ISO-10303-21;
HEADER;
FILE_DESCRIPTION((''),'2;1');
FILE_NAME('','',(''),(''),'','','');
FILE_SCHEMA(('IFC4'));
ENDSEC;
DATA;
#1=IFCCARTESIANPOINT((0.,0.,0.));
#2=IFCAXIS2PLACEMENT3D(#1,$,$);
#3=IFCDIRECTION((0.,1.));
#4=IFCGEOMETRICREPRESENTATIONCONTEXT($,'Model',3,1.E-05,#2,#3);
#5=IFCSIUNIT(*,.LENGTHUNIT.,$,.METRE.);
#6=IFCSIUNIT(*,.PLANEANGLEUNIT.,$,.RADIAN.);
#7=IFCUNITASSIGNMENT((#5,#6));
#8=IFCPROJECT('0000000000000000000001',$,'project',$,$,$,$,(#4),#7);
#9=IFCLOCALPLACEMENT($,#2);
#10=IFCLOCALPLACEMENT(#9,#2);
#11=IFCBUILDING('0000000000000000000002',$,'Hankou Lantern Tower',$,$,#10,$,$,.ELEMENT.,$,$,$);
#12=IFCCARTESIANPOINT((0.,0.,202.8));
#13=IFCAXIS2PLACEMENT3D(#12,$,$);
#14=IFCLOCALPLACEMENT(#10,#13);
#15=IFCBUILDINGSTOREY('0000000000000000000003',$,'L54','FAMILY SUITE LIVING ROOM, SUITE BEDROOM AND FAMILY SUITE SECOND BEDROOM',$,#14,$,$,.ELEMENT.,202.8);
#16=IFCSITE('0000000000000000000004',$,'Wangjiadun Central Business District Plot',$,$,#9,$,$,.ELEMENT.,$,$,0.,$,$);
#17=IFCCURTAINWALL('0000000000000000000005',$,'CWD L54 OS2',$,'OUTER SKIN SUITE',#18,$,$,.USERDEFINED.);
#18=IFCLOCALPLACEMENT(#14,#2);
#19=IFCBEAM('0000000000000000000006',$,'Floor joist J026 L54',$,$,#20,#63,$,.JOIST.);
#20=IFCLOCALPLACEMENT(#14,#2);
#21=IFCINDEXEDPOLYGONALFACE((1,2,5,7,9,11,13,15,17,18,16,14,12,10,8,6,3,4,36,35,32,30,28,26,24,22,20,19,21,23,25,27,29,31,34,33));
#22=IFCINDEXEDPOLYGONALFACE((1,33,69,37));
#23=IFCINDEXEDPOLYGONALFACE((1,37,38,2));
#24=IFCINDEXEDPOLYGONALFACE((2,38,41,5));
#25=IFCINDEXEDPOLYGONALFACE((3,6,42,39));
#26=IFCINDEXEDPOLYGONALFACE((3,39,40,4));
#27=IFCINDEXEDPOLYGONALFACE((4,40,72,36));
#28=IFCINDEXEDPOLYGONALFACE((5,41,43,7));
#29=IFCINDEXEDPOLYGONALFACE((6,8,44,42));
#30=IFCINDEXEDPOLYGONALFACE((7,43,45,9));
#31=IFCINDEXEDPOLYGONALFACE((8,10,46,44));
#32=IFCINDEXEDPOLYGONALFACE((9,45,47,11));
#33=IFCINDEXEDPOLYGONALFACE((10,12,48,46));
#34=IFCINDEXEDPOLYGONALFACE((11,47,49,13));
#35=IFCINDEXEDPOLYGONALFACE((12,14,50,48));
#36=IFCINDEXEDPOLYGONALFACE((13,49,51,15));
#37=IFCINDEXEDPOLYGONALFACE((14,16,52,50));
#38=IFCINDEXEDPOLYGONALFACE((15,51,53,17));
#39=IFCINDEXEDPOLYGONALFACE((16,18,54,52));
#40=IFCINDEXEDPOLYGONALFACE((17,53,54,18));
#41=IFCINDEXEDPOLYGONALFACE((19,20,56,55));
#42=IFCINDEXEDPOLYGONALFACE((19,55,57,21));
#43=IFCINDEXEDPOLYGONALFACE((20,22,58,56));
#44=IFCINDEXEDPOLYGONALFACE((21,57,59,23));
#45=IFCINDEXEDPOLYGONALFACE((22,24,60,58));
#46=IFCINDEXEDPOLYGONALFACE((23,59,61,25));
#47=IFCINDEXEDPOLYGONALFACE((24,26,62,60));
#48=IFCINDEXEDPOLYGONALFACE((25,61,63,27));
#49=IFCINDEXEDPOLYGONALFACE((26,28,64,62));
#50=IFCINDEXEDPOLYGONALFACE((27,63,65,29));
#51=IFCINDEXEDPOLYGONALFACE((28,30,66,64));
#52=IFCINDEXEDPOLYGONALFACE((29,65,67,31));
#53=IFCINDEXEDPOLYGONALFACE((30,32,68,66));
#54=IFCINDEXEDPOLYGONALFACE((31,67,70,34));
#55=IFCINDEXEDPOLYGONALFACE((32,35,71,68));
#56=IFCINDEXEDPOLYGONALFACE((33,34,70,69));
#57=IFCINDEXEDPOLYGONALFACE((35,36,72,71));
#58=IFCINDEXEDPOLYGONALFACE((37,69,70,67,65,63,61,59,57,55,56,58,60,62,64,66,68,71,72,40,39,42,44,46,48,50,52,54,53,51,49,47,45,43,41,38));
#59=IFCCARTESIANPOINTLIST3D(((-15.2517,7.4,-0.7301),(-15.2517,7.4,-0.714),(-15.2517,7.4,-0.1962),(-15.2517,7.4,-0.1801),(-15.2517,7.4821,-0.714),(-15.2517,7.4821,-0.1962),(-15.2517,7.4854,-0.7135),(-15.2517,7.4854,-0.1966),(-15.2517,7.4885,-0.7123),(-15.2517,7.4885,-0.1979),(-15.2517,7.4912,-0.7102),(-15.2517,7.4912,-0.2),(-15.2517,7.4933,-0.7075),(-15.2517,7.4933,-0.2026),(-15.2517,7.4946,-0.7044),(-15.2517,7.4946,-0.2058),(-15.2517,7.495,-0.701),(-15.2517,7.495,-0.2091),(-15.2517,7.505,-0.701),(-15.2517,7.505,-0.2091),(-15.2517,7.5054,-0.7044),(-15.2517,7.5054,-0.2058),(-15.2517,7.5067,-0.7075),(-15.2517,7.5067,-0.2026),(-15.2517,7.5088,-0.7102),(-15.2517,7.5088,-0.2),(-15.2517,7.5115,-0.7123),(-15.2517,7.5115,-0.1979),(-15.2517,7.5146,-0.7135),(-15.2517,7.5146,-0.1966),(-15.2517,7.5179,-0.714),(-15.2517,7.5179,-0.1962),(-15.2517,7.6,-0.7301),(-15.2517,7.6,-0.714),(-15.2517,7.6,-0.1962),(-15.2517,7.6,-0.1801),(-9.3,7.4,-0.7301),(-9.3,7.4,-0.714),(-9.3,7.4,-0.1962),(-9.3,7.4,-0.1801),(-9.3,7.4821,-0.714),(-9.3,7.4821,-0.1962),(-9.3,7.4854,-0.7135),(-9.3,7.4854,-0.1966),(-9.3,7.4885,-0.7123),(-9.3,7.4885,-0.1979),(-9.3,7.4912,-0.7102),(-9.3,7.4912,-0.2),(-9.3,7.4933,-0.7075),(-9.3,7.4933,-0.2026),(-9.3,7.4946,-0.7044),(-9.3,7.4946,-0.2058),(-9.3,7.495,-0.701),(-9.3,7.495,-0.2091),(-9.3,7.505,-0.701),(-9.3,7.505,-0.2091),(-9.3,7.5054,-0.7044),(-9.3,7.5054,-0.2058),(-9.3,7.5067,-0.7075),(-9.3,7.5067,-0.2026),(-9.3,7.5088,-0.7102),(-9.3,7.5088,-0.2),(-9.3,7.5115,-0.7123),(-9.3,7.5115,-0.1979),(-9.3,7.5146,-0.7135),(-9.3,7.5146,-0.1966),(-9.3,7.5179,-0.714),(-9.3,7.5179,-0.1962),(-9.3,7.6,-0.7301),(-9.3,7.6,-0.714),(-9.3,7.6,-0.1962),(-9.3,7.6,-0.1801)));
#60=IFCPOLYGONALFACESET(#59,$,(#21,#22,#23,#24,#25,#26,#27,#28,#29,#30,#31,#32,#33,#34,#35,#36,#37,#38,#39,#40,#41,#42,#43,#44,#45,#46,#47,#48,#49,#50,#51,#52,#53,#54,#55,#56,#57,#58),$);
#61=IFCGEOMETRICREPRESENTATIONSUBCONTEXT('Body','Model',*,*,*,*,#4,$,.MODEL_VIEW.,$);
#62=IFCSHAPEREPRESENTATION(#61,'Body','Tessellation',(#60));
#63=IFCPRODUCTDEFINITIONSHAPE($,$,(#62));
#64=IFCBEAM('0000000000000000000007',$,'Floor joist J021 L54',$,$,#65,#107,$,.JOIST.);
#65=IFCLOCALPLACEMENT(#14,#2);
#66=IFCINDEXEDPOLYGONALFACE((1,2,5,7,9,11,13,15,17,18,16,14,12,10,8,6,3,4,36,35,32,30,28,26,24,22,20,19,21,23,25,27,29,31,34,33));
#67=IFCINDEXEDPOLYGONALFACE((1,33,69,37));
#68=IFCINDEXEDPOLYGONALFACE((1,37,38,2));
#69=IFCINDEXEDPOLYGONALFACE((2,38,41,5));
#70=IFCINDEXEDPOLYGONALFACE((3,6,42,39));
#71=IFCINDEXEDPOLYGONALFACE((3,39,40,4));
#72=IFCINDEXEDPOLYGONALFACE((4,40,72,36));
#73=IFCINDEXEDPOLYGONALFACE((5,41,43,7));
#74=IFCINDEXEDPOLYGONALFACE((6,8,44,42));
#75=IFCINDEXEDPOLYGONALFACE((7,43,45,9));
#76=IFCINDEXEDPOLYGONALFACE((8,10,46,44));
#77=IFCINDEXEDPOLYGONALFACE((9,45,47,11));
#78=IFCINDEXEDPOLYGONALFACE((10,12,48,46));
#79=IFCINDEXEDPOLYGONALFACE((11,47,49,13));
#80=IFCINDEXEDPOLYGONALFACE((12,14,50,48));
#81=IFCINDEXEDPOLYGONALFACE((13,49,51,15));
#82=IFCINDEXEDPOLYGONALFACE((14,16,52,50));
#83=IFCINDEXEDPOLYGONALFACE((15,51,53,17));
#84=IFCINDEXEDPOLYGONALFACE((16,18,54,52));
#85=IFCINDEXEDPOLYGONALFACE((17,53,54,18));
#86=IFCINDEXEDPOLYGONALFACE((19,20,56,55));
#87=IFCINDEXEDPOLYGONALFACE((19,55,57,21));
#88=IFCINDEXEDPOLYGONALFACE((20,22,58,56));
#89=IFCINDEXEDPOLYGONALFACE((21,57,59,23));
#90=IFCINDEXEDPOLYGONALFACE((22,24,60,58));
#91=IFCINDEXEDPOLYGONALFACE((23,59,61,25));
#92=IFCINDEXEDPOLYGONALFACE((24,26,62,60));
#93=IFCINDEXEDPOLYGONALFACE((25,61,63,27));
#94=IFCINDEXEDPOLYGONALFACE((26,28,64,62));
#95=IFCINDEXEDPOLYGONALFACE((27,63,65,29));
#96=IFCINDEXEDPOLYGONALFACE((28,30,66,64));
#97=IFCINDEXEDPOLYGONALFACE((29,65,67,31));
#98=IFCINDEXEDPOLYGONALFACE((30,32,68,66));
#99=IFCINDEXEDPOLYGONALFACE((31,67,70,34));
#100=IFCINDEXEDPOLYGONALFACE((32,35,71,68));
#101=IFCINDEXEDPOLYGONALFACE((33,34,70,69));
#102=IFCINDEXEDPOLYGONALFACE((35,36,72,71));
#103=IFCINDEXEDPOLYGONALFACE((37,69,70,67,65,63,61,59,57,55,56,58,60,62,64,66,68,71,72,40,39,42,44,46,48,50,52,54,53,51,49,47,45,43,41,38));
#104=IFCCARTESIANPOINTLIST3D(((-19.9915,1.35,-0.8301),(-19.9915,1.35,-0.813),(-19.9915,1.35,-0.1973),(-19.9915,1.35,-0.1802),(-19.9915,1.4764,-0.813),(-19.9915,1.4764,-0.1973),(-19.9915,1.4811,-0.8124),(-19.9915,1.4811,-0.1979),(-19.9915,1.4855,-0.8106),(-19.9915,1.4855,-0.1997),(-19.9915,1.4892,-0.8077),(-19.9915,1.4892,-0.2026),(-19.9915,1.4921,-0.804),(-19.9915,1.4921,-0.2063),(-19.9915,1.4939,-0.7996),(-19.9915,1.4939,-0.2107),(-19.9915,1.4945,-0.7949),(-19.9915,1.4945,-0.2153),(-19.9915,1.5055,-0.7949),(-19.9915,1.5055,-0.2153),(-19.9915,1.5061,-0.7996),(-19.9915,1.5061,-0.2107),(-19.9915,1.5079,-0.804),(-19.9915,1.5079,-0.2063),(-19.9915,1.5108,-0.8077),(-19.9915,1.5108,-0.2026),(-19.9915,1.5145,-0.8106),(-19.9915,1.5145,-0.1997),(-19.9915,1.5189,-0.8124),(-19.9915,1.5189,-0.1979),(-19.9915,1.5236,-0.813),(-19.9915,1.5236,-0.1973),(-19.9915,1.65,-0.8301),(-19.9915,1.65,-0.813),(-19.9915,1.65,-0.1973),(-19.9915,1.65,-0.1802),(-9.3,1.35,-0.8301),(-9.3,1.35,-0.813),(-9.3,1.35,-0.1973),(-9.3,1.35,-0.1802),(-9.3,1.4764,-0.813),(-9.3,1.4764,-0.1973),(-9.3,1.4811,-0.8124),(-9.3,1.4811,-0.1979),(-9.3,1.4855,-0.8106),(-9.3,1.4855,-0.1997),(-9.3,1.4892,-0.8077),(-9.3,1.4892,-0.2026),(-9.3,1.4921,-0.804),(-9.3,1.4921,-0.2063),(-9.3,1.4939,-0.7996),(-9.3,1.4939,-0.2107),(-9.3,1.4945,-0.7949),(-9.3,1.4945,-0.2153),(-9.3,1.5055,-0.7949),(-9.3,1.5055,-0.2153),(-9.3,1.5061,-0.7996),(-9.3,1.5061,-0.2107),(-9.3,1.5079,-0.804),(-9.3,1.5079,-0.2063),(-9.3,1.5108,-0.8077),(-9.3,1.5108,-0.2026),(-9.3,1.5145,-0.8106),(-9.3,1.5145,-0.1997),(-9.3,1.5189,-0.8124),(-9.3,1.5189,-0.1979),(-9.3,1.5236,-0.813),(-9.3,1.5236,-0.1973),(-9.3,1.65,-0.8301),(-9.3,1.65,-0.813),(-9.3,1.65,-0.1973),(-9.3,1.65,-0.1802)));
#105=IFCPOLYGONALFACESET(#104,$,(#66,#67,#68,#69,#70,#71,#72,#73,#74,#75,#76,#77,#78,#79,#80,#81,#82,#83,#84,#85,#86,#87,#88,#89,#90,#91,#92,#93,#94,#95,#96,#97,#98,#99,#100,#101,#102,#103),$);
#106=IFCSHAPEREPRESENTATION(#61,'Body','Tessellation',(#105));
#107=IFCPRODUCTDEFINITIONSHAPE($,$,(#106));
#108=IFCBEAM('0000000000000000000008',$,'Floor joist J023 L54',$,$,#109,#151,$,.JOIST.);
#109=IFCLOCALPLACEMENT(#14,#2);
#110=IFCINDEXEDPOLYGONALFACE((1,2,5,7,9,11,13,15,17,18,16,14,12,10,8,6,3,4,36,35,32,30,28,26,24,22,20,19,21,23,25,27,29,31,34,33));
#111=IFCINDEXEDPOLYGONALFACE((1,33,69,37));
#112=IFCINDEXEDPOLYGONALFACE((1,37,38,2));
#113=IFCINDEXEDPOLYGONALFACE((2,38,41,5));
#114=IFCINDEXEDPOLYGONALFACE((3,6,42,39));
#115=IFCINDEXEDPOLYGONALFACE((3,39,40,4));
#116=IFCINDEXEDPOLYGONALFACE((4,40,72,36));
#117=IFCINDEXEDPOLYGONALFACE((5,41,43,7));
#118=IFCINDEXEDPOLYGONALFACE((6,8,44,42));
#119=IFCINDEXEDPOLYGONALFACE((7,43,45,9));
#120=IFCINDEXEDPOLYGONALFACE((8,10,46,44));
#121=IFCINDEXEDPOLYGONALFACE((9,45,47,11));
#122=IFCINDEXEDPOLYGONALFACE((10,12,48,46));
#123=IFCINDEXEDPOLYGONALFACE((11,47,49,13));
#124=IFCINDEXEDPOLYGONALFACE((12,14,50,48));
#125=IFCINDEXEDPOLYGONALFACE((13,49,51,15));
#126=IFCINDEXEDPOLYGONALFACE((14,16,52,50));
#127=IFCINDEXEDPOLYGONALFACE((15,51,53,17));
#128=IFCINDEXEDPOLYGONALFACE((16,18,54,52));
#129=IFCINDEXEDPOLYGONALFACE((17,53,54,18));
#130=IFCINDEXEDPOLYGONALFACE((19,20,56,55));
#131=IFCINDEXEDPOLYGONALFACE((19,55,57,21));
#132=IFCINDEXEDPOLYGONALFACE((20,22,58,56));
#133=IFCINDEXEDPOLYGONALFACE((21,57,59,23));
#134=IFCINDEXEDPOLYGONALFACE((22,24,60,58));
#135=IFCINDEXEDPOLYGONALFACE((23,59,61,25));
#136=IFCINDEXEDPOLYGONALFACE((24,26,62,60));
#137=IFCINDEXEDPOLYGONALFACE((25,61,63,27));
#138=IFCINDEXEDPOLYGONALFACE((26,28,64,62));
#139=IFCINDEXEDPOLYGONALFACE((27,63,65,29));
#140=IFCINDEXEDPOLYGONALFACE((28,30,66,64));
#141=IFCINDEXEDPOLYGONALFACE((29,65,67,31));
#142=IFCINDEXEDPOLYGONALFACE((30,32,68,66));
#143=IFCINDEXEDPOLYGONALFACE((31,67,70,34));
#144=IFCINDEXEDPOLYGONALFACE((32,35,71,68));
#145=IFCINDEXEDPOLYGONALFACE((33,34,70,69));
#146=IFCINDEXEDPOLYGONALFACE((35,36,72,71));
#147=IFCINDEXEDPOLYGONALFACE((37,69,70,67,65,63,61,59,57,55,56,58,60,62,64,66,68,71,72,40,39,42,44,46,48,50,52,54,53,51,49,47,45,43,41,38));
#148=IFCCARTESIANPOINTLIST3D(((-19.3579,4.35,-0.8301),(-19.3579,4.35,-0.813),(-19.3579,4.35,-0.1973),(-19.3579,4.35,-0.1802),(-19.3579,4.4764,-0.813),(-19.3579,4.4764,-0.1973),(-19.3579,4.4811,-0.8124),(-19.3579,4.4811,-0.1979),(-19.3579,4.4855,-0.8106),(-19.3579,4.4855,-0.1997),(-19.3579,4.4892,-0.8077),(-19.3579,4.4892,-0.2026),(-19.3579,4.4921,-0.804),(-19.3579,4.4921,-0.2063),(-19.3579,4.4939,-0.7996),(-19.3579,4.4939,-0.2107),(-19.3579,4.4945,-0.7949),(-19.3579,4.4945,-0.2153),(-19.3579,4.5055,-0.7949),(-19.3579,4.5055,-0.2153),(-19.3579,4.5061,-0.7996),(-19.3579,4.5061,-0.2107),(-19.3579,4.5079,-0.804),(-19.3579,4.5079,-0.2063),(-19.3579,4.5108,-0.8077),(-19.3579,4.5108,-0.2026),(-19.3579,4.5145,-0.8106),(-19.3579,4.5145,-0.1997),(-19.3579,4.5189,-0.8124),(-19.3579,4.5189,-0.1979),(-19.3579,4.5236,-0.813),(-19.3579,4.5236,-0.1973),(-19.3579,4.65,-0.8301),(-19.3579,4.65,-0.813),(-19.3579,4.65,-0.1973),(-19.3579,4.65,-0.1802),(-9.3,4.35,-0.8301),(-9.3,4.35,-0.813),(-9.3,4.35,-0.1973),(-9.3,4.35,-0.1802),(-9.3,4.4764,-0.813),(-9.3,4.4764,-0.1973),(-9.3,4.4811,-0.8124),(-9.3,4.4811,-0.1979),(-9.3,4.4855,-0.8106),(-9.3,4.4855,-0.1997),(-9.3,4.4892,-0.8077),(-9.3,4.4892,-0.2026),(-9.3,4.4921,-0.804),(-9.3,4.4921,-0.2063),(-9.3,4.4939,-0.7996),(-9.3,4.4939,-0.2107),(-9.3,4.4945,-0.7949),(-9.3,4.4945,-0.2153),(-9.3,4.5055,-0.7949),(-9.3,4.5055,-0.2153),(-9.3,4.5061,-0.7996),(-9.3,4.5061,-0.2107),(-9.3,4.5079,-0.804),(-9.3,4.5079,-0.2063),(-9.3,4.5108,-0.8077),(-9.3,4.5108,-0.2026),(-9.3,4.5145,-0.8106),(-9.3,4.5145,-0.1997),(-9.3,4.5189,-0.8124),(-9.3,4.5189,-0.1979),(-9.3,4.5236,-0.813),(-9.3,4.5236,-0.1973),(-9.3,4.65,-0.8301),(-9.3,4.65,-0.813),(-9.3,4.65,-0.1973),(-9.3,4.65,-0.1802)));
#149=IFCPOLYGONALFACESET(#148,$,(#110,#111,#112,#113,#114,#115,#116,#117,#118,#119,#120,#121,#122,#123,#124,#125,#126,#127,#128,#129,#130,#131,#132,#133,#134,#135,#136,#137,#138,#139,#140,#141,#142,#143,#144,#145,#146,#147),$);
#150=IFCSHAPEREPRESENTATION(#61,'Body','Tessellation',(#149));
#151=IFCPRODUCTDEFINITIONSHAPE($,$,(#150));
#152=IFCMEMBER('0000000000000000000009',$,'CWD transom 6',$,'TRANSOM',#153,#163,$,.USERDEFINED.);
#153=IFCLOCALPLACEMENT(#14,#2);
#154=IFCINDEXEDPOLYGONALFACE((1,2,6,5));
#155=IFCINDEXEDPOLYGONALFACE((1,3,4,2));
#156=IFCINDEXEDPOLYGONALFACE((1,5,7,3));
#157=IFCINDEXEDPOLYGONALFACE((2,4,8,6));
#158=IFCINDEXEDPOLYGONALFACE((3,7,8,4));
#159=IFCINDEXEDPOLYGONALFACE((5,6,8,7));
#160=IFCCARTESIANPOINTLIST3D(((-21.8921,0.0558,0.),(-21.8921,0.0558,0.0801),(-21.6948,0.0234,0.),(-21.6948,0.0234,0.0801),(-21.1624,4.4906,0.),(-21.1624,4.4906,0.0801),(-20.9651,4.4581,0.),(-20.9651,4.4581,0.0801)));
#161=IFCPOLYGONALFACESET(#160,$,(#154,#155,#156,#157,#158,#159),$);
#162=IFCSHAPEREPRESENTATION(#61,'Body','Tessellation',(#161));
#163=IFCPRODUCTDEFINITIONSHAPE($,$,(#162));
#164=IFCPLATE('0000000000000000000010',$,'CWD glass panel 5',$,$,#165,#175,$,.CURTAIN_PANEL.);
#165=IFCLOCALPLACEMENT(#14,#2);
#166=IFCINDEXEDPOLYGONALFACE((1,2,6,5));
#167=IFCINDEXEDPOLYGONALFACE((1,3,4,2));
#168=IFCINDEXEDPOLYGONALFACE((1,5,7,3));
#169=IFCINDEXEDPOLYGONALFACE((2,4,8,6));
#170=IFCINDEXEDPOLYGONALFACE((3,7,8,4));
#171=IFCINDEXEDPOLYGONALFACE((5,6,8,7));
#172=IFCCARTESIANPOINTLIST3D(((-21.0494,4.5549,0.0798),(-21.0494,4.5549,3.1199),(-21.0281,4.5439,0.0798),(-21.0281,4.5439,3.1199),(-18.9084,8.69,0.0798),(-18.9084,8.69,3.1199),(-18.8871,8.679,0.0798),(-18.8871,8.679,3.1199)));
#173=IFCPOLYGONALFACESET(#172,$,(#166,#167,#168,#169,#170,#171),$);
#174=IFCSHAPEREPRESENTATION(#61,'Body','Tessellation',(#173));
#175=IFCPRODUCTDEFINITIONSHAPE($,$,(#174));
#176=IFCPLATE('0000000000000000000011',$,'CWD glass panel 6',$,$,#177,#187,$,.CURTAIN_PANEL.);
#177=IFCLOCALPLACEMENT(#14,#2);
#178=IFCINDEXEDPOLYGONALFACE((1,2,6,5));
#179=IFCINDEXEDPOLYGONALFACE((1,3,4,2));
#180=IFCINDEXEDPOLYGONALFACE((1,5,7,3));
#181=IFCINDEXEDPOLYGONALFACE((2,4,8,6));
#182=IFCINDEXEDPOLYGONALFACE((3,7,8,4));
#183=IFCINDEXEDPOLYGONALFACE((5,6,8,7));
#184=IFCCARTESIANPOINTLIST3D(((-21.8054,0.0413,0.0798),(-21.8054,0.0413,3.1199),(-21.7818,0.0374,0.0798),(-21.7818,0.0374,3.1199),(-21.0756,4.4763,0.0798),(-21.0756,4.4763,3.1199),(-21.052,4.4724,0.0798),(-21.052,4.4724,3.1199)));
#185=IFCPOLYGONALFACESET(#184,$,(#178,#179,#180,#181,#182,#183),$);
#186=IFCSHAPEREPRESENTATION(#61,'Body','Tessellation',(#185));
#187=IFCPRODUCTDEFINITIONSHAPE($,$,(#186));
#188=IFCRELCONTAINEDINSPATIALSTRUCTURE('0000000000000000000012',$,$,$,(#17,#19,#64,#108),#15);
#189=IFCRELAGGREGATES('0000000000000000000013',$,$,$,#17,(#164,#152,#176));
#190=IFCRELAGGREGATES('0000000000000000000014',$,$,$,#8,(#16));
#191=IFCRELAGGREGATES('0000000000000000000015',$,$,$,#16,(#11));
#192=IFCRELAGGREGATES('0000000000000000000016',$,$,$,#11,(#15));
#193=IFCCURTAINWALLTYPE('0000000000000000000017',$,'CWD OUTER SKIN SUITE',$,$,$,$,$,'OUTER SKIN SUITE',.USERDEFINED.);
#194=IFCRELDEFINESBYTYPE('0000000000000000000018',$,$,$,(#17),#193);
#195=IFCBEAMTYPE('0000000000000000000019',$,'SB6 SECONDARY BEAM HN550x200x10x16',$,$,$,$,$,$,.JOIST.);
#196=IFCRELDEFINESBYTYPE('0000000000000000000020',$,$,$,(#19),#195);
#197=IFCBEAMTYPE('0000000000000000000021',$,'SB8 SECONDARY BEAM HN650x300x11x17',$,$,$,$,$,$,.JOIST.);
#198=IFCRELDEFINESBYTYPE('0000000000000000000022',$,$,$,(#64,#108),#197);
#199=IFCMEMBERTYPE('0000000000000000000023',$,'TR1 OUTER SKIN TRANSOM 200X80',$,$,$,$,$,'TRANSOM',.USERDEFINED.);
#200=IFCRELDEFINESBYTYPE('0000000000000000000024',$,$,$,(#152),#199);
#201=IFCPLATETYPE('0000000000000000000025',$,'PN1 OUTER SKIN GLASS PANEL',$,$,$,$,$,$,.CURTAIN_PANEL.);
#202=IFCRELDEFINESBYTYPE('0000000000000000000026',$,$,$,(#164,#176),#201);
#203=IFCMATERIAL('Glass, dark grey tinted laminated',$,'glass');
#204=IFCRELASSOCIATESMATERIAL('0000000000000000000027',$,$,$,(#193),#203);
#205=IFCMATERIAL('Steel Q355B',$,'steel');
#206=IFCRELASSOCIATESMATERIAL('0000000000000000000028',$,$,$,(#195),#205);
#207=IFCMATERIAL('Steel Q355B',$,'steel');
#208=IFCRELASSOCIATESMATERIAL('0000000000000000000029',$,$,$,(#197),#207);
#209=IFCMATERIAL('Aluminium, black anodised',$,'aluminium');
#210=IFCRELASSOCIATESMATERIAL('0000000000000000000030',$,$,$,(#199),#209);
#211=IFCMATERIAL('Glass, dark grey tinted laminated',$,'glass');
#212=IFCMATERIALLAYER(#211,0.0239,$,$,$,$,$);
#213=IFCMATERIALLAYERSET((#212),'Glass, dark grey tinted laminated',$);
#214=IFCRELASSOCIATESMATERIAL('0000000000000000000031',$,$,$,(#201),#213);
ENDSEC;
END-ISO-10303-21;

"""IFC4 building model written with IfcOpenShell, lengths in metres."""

from ifc_helpers import new_model, si_unit, direction, frame, origin, origin_2d, place, context, subcontext, project, spatial, rectangle, i_section, extrude, material, layer, layer_set, material_profile, profile_set, type_object, element, aggregate, save


model = new_model("IFC4")

# Units and contexts
model_context = context("Model", 3, precision=1e-05, world=origin(), true_north=direction((0.0, 1.0)))
body_context = subcontext(model_context, "Body", "Model", "MODEL_VIEW")
ifc_project = project(units=[si_unit("LENGTHUNIT", "METRE"), si_unit("PLANEANGLEUNIT", "RADIAN")], contexts=[model_context])

# Site, building, storey
site_placement = place(None, origin())
site = spatial("IfcSite", under=ifc_project, at=site_placement, Name="Wangjiadun Central Business District Plot", CompositionType="ELEMENT", RefElevation=0.0)
building_placement = place(site_placement, origin())
building = spatial("IfcBuilding", under=site, at=building_placement, Name="Hankou Lantern Tower", CompositionType="ELEMENT")
storey_placement = place(building_placement, frame((0.0, 0.0, 202.8)))
storey = spatial("IfcBuildingStorey", under=building, at=storey_placement, Name="L54", Description="FAMILY SUITE LIVING ROOM, SUITE BEDROOM AND FAMILY SUITE SECOND BEDROOM", CompositionType="ELEMENT", Elevation=202.8)

# Curtain wall
ifc_material_1 = material(Name="Glass, dark grey tinted laminated", Category="glass")
curtain_wall_type = type_object("IfcCurtainWallType", Name="CWD OUTER SKIN SUITE", ElementType="OUTER SKIN SUITE", PredefinedType="USERDEFINED", material=ifc_material_1)
curtain_wall_placement = place(storey_placement, origin())
curtain_wall = element("IfcCurtainWall", 1, at=curtain_wall_placement, inside=storey, type_object=curtain_wall_type, Name="CWD L54 OS2", ObjectType="OUTER SKIN SUITE", PredefinedType="USERDEFINED")

# Beams
ifc_material_2 = material(Name="Steel Q355B", Category="steel")
ifc_material_profile_1 = material_profile(ifc_material_2, i_section(OverallWidth=0.2, OverallDepth=0.55, WebThickness=0.01, FlangeThickness=0.0161, FilletRadius=0.0129, at=origin_2d()), Name="HN550x200x10x16")
ifc_profile_set_1 = profile_set([ifc_material_profile_1], Name="Steel Q355B")
beam_type_1 = type_object("IfcBeamType", Name="SB6 SECONDARY BEAM HN550x200x10x16", PredefinedType="JOIST", material=ifc_profile_set_1)
beam_1_placement = place(storey_placement, frame((-15.2517, 7.5, -0.4551), z_axis=(1.0, 0.0, 0.0), x_axis=(0.0, 1.0, 0.0)))
element("IfcBeam", 2, at=beam_1_placement, inside=storey, type_object=beam_type_1, Name="Floor joist J026 L54", PredefinedType="JOIST", context=body_context, shape_type="SweptSolid", body=[
    extrude(i_section(OverallWidth=0.2, OverallDepth=0.55, WebThickness=0.01, FlangeThickness=0.0161, FilletRadius=0.0129, at=origin_2d()), origin(), (0.0, 0.0, 1.0), 5.9517),
])
ifc_material_3 = material(Name="Steel Q355B", Category="steel")
ifc_material_profile_2 = material_profile(ifc_material_3, i_section(OverallWidth=0.3, OverallDepth=0.6499, WebThickness=0.011, FlangeThickness=0.0171, FilletRadius=0.0181, at=origin_2d()), Name="HN650x300x11x17")
ifc_profile_set_2 = profile_set([ifc_material_profile_2], Name="Steel Q355B")
beam_type_2 = type_object("IfcBeamType", Name="SB8 SECONDARY BEAM HN650x300x11x17", PredefinedType="JOIST", material=ifc_profile_set_2)
beam_2_placement = place(storey_placement, frame((-19.9915, 1.5, -0.5051), z_axis=(1.0, 0.0, 0.0), x_axis=(0.0, 1.0, 0.0)))
element("IfcBeam", 3, at=beam_2_placement, inside=storey, type_object=beam_type_2, Name="Floor joist J021 L54", PredefinedType="JOIST", context=body_context, shape_type="SweptSolid", body=[
    extrude(i_section(OverallWidth=0.3, OverallDepth=0.6499, WebThickness=0.011, FlangeThickness=0.0171, FilletRadius=0.0181, at=origin_2d()), origin(), (0.0, 0.0, 1.0), 10.6914),
])
beam_3_placement = place(storey_placement, frame((-19.3579, 4.5, -0.5051), z_axis=(1.0, 0.0, 0.0), x_axis=(0.0, 1.0, 0.0)))
element("IfcBeam", 4, at=beam_3_placement, inside=storey, type_object=beam_type_2, Name="Floor joist J023 L54", PredefinedType="JOIST", context=body_context, shape_type="SweptSolid", body=[
    extrude(i_section(OverallWidth=0.3, OverallDepth=0.6499, WebThickness=0.011, FlangeThickness=0.0171, FilletRadius=0.0181, at=origin_2d()), origin(), (0.0, 0.0, 1.0), 10.0579),
])

# Member
ifc_material_4 = material(Name="Aluminium, black anodised", Category="aluminium")
ifc_material_profile_3 = material_profile(ifc_material_4, rectangle(XDim=0.2, YDim=0.0801, at=origin_2d()), Name="TR1 200X80")
ifc_profile_set_3 = profile_set([ifc_material_profile_3], Name="Aluminium, black anodised")
member_type_1 = type_object("IfcMemberType", Name="TR1 OUTER SKIN TRANSOM 200X80", ElementType="TRANSOM", PredefinedType="USERDEFINED", material=ifc_profile_set_3)
member_1_placement = place(storey_placement, frame((-21.0637, 4.4744, 0.04), z_axis=(-0.162364, -0.986731, 0.0), x_axis=(0.986731, -0.162364, 0.0)))
member_1 = element("IfcMember", 5, at=member_1_placement, type_object=member_type_1, Name="CWD transom 6", ObjectType="TRANSOM", PredefinedType="USERDEFINED", context=body_context, shape_type="SweptSolid", body=[
    extrude(rectangle(XDim=0.2, YDim=0.0801, at=origin_2d()), origin(), (0.0, 0.0, 1.0), 4.4944),
])

# Plates
ifc_material_5 = material(Name="Glass, dark grey tinted laminated", Category="glass")
ifc_layer_1 = layer(ifc_material_5, 0.0239)
ifc_layer_set_1 = layer_set([ifc_layer_1], Name="Glass, dark grey tinted laminated")
plate_type = type_object("IfcPlateType", Name="PN1 OUTER SKIN GLASS PANEL", PredefinedType="CURTAIN_PANEL", material=ifc_layer_set_1)
plate_1_placement = place(storey_placement, frame((-19.9683, 6.6169, 0.0798), z_axis=(0.0, 0.0, 1.0), x_axis=(-0.459791, -0.888027, 0.0)))
plate_1 = element("IfcPlate", 6, at=plate_1_placement, type_object=plate_type, Name="CWD glass panel 5", PredefinedType="CURTAIN_PANEL", context=body_context, shape_type="SweptSolid", body=[
    extrude(rectangle(XDim=4.6565, YDim=0.0239, at=origin_2d()), origin(), (0.0, 0.0, 1.0), 3.04),
])
plate_2_placement = place(storey_placement, frame((-21.4287, 2.2568, 0.0798), z_axis=(0.0, 0.0, 1.0), x_axis=(-0.162382, -0.986728, 0.0)))
plate_2 = element("IfcPlate", 7, at=plate_2_placement, type_object=plate_type, Name="CWD glass panel 6", PredefinedType="CURTAIN_PANEL", context=body_context, shape_type="SweptSolid", body=[
    extrude(rectangle(XDim=4.4946, YDim=0.0239, at=origin_2d()), origin(), (0.0, 0.0, 1.0), 3.04),
])
aggregate(curtain_wall, [plate_1, member_1, plate_2])

save(model, "model.ifc")
